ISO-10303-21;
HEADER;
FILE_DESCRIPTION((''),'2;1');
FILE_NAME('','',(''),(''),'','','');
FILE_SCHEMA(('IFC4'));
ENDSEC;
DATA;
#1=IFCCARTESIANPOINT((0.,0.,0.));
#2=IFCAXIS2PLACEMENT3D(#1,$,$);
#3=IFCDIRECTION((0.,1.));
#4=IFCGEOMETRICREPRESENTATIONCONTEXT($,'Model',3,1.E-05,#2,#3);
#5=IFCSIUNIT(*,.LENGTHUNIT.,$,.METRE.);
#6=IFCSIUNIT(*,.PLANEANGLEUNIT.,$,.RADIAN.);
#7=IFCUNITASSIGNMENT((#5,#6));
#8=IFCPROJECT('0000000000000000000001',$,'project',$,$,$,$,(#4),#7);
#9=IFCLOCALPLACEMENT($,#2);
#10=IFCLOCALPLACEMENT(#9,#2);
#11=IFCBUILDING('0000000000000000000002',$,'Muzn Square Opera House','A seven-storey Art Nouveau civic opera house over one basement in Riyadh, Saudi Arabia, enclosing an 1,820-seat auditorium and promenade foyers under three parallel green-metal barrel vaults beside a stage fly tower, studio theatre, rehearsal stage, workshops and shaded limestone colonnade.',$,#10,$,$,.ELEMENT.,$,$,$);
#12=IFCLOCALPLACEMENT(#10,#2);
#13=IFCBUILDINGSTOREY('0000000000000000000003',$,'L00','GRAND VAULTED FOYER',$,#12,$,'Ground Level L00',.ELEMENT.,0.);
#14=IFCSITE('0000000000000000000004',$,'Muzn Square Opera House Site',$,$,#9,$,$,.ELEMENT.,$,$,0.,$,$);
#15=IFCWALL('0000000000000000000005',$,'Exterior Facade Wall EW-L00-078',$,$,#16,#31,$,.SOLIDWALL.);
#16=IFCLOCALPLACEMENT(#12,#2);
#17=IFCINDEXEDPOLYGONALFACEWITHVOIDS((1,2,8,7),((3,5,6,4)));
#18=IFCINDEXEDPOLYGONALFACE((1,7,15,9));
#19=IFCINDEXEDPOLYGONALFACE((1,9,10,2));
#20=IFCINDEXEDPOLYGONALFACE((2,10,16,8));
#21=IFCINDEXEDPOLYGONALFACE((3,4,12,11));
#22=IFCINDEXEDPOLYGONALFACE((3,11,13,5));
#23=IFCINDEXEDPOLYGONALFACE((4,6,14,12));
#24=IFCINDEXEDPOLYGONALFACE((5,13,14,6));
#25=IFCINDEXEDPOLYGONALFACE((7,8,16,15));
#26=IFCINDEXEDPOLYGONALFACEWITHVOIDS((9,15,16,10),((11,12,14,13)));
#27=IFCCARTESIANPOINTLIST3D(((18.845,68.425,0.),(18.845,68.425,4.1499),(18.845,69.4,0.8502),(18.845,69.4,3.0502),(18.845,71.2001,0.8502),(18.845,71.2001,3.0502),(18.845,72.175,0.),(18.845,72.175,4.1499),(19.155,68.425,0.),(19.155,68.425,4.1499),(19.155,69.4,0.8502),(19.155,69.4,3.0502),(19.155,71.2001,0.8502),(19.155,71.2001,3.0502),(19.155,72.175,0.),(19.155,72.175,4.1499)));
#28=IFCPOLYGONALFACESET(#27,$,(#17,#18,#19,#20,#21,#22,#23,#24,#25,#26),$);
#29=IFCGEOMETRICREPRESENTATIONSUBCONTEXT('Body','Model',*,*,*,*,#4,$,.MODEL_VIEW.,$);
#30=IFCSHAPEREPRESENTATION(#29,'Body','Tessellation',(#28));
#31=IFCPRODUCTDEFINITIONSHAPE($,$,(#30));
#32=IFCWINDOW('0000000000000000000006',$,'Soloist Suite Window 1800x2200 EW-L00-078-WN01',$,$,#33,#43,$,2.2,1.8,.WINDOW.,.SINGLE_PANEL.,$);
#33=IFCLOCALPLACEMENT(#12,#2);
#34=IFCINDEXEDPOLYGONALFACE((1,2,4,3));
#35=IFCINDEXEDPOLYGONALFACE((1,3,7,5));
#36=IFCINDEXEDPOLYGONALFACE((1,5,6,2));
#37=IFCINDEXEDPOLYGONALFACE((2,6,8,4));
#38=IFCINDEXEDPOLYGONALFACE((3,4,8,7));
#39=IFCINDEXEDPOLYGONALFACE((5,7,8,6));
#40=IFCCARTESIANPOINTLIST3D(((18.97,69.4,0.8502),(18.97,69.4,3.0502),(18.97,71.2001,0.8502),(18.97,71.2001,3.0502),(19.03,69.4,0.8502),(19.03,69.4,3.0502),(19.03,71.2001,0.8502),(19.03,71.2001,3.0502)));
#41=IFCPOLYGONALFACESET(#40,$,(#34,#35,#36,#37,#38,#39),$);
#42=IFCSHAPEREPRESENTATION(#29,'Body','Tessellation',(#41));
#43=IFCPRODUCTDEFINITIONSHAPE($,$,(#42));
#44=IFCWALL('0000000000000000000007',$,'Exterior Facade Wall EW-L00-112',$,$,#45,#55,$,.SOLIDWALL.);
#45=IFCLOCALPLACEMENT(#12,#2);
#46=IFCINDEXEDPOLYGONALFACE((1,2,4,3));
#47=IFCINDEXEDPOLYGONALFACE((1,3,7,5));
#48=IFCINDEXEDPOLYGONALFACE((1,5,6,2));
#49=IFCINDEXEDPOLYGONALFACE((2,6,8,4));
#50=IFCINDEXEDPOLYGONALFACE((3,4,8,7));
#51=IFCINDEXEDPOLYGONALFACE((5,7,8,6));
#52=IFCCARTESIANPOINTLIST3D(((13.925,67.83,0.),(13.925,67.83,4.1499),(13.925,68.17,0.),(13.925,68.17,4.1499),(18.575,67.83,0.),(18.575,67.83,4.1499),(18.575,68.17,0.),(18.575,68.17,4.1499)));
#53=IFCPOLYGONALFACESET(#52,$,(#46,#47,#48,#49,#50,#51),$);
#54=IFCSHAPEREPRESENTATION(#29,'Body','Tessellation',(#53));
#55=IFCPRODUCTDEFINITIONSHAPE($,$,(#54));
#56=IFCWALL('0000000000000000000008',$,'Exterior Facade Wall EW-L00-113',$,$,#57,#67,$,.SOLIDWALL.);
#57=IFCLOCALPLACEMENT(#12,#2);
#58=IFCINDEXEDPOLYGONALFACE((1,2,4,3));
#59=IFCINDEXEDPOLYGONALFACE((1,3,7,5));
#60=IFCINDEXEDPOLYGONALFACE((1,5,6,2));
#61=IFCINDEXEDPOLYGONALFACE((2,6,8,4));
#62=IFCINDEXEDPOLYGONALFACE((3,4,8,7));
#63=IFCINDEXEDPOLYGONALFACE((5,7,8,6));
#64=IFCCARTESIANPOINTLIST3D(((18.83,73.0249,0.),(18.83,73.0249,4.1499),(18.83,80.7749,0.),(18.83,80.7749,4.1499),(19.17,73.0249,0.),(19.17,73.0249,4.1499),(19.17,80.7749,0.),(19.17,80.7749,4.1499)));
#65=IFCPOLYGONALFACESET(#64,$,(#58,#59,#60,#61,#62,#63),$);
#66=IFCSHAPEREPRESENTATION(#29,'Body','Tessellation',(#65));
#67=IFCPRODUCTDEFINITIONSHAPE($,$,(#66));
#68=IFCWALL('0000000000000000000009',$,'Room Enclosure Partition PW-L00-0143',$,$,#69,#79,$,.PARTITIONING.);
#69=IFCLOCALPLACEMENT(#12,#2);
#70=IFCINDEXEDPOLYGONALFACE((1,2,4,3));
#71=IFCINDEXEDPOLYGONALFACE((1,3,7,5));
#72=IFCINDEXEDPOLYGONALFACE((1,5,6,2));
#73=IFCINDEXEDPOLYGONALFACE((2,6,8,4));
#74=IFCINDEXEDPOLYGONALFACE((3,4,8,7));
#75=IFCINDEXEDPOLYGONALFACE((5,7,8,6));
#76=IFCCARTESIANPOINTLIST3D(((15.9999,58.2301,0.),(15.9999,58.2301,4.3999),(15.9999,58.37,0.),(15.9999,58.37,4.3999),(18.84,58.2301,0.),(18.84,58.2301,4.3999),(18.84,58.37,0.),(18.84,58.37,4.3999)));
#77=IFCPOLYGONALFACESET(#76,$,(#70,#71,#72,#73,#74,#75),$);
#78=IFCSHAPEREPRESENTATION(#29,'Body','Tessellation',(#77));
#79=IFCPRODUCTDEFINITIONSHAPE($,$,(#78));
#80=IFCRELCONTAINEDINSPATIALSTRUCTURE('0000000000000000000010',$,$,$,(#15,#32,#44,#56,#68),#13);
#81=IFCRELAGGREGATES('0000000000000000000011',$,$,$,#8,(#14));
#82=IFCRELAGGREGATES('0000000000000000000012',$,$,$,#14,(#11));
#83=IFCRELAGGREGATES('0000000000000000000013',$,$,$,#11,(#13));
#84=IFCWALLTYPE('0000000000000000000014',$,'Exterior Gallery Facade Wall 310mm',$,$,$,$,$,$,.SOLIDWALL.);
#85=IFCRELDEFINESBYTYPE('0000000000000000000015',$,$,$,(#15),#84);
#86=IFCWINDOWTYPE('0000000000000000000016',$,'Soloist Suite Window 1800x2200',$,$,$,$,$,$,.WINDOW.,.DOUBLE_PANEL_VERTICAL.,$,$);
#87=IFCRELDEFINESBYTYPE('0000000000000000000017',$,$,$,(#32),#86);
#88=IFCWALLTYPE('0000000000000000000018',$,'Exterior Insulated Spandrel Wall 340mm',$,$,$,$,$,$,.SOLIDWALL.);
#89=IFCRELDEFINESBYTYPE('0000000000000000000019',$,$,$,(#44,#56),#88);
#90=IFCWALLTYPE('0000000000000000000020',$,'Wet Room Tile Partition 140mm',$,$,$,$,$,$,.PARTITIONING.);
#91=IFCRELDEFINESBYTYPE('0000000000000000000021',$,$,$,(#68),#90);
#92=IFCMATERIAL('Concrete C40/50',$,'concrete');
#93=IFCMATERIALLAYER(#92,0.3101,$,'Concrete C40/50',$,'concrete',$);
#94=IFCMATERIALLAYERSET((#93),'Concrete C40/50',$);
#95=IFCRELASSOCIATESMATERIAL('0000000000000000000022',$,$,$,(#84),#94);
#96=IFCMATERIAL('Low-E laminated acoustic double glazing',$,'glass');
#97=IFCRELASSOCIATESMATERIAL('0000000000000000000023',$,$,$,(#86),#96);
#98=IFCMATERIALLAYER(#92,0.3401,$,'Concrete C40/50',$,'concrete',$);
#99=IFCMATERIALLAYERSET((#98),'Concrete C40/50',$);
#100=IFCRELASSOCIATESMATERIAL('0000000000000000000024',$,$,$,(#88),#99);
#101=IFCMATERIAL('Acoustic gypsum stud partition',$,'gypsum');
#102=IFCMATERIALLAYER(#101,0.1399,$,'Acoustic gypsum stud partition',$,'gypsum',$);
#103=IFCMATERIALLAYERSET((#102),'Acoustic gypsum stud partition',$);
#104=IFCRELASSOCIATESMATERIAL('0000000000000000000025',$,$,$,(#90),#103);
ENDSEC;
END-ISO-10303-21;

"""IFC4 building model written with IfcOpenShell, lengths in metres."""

from ifc_helpers import new_model, si_unit, direction, frame, frame_2d, origin, place, context, subcontext, project, spatial, rectangle, extrude, material, layer, layer_set, type_object, element, fill, save


model = new_model("IFC4")

# Units and contexts
model_context = context("Model", 3, precision=1e-05, world=origin(), true_north=direction((0.0, 1.0)))
body_context = subcontext(model_context, "Body", "Model", "MODEL_VIEW")
ifc_project = project(units=[si_unit("LENGTHUNIT", "METRE"), si_unit("PLANEANGLEUNIT", "RADIAN")], contexts=[model_context])

# Site, building, storey
site_placement = place(None, origin())
site = spatial("IfcSite", under=ifc_project, at=site_placement, Name="Muzn Square Opera House Site", CompositionType="ELEMENT", RefElevation=0.0)
building_placement = place(site_placement, origin())
building = spatial("IfcBuilding", under=site, at=building_placement, Name="Muzn Square Opera House", Description="A seven-storey Art Nouveau civic opera house over one basement in Riyadh, Saudi Arabia, enclosing an 1,820-seat auditorium and promenade foyers under three parallel green-metal barrel vaults beside a stage fly tower, studio theatre, rehearsal stage, workshops and shaded limestone colonnade.", CompositionType="ELEMENT")
storey_placement = place(building_placement, origin())
storey = spatial("IfcBuildingStorey", under=building, at=storey_placement, Name="L00", Description="GRAND VAULTED FOYER", LongName="Ground Level L00", CompositionType="ELEMENT", Elevation=0.0)

# Shared definitions
ifc_material_1 = material(Name="Concrete C40/50", Category="concrete")

# Shared definitions
ifc_material_2 = material(Name="Acoustic gypsum stud partition", Category="gypsum")

# Wall, opening, window
ifc_layer_1 = layer(ifc_material_1, 0.3101, Name="Concrete C40/50", Category="concrete")
ifc_layer_set_1 = layer_set([ifc_layer_1], Name="Concrete C40/50")
wall_type_1 = type_object("IfcWallType", Name="Exterior Gallery Facade Wall 310mm", PredefinedType="SOLIDWALL", material=ifc_layer_set_1)
wall_1_placement = place(storey_placement, frame((19.0, 68.425, 0.0), z_axis=(0.0, 0.0, 1.0), x_axis=(0.0, 1.0, 0.0)))
wall_1 = element("IfcWall", 1, at=wall_1_placement, inside=storey, type_object=wall_type_1, Name="Exterior Facade Wall EW-L00-078", PredefinedType="SOLIDWALL", context=body_context, shape_type="SweptSolid", body=[
    extrude(rectangle(XDim=3.75, YDim=0.3101, at=frame_2d((1.875, 0.0))), origin(), (0.0, 0.0, 1.0), 4.1499),
])
opening_placement = place(wall_1_placement, frame((0.9751, 0.0, 0.8501)))
opening = element("IfcOpeningElement", 2, at=opening_placement, cuts=wall_1, PredefinedType="OPENING", context=body_context, shape_type="SweptSolid", body=[
    extrude(rectangle(XDim=1.8, YDim=2.2, at=frame_2d((0.8999, 1.1001))), frame((0.0, 0.165, 0.0), z_axis=(0.0, -1.0, 0.0), x_axis=(1.0, 0.0, 0.0)), (0.0, 0.0, 1.0), 0.3301),
])
ifc_material_3 = material(Name="Low-E laminated acoustic double glazing", Category="glass")
window_type = type_object("IfcWindowType", Name="Soloist Suite Window 1800x2200", PartitioningType="DOUBLE_PANEL_VERTICAL", PredefinedType="WINDOW", material=ifc_material_3)
window_placement = place(opening_placement, origin())
window = element("IfcWindow", 3, at=window_placement, inside=storey, type_object=window_type, Name="Soloist Suite Window 1800x2200 EW-L00-078-WN01", OverallHeight=2.2, OverallWidth=1.8, PartitioningType="SINGLE_PANEL", PredefinedType="WINDOW", context=body_context, shape_type="SweptSolid", body=[
    extrude(rectangle(XDim=1.8, YDim=2.2, at=frame_2d((0.8999, 1.1001))), frame((0.0, 0.03, 0.0), z_axis=(0.0, -1.0, 0.0), x_axis=(1.0, 0.0, 0.0)), (0.0, 0.0, 1.0), 0.0601),
])
fill(opening, window)

# Walls
ifc_layer_2 = layer(ifc_material_1, 0.3401, Name="Concrete C40/50", Category="concrete")
ifc_layer_set_2 = layer_set([ifc_layer_2], Name="Concrete C40/50")
wall_type_2 = type_object("IfcWallType", Name="Exterior Insulated Spandrel Wall 340mm", PredefinedType="SOLIDWALL", material=ifc_layer_set_2)
wall_2_placement = place(storey_placement, frame((13.925, 68.0, 0.0), z_axis=(0.0, 0.0, 1.0), x_axis=(1.0, 0.0, 0.0)))
element("IfcWall", 4, at=wall_2_placement, inside=storey, type_object=wall_type_2, Name="Exterior Facade Wall EW-L00-112", PredefinedType="SOLIDWALL", context=body_context, shape_type="SweptSolid", body=[
    extrude(rectangle(XDim=4.6499, YDim=0.3401, at=frame_2d((2.325, 0.0))), origin(), (0.0, 0.0, 1.0), 4.1499),
])
wall_3_placement = place(storey_placement, frame((19.0, 73.0249, 0.0), z_axis=(0.0, 0.0, 1.0), x_axis=(0.0, 1.0, 0.0)))
element("IfcWall", 5, at=wall_3_placement, inside=storey, type_object=wall_type_2, Name="Exterior Facade Wall EW-L00-113", PredefinedType="SOLIDWALL", context=body_context, shape_type="SweptSolid", body=[
    extrude(rectangle(XDim=7.75, YDim=0.3401, at=frame_2d((3.875, 0.0))), origin(), (0.0, 0.0, 1.0), 4.1499),
])
ifc_layer_3 = layer(ifc_material_2, 0.1399, Name="Acoustic gypsum stud partition", Category="gypsum")
ifc_layer_set_3 = layer_set([ifc_layer_3], Name="Acoustic gypsum stud partition")
wall_type_3 = type_object("IfcWallType", Name="Wet Room Tile Partition 140mm", PredefinedType="PARTITIONING", material=ifc_layer_set_3)
wall_4_placement = place(storey_placement, frame((16.0, 58.3, 0.0), z_axis=(0.0, 0.0, 1.0), x_axis=(1.0, 0.0, 0.0)))
element("IfcWall", 6, at=wall_4_placement, inside=storey, type_object=wall_type_3, Name="Room Enclosure Partition PW-L00-0143", PredefinedType="PARTITIONING", context=body_context, shape_type="SweptSolid", body=[
    extrude(rectangle(XDim=2.8401, YDim=0.1399, at=frame_2d((1.4199, 0.0))), origin(), (0.0, 0.0, 1.0), 4.3999),
])

save(model, "model.ifc")
